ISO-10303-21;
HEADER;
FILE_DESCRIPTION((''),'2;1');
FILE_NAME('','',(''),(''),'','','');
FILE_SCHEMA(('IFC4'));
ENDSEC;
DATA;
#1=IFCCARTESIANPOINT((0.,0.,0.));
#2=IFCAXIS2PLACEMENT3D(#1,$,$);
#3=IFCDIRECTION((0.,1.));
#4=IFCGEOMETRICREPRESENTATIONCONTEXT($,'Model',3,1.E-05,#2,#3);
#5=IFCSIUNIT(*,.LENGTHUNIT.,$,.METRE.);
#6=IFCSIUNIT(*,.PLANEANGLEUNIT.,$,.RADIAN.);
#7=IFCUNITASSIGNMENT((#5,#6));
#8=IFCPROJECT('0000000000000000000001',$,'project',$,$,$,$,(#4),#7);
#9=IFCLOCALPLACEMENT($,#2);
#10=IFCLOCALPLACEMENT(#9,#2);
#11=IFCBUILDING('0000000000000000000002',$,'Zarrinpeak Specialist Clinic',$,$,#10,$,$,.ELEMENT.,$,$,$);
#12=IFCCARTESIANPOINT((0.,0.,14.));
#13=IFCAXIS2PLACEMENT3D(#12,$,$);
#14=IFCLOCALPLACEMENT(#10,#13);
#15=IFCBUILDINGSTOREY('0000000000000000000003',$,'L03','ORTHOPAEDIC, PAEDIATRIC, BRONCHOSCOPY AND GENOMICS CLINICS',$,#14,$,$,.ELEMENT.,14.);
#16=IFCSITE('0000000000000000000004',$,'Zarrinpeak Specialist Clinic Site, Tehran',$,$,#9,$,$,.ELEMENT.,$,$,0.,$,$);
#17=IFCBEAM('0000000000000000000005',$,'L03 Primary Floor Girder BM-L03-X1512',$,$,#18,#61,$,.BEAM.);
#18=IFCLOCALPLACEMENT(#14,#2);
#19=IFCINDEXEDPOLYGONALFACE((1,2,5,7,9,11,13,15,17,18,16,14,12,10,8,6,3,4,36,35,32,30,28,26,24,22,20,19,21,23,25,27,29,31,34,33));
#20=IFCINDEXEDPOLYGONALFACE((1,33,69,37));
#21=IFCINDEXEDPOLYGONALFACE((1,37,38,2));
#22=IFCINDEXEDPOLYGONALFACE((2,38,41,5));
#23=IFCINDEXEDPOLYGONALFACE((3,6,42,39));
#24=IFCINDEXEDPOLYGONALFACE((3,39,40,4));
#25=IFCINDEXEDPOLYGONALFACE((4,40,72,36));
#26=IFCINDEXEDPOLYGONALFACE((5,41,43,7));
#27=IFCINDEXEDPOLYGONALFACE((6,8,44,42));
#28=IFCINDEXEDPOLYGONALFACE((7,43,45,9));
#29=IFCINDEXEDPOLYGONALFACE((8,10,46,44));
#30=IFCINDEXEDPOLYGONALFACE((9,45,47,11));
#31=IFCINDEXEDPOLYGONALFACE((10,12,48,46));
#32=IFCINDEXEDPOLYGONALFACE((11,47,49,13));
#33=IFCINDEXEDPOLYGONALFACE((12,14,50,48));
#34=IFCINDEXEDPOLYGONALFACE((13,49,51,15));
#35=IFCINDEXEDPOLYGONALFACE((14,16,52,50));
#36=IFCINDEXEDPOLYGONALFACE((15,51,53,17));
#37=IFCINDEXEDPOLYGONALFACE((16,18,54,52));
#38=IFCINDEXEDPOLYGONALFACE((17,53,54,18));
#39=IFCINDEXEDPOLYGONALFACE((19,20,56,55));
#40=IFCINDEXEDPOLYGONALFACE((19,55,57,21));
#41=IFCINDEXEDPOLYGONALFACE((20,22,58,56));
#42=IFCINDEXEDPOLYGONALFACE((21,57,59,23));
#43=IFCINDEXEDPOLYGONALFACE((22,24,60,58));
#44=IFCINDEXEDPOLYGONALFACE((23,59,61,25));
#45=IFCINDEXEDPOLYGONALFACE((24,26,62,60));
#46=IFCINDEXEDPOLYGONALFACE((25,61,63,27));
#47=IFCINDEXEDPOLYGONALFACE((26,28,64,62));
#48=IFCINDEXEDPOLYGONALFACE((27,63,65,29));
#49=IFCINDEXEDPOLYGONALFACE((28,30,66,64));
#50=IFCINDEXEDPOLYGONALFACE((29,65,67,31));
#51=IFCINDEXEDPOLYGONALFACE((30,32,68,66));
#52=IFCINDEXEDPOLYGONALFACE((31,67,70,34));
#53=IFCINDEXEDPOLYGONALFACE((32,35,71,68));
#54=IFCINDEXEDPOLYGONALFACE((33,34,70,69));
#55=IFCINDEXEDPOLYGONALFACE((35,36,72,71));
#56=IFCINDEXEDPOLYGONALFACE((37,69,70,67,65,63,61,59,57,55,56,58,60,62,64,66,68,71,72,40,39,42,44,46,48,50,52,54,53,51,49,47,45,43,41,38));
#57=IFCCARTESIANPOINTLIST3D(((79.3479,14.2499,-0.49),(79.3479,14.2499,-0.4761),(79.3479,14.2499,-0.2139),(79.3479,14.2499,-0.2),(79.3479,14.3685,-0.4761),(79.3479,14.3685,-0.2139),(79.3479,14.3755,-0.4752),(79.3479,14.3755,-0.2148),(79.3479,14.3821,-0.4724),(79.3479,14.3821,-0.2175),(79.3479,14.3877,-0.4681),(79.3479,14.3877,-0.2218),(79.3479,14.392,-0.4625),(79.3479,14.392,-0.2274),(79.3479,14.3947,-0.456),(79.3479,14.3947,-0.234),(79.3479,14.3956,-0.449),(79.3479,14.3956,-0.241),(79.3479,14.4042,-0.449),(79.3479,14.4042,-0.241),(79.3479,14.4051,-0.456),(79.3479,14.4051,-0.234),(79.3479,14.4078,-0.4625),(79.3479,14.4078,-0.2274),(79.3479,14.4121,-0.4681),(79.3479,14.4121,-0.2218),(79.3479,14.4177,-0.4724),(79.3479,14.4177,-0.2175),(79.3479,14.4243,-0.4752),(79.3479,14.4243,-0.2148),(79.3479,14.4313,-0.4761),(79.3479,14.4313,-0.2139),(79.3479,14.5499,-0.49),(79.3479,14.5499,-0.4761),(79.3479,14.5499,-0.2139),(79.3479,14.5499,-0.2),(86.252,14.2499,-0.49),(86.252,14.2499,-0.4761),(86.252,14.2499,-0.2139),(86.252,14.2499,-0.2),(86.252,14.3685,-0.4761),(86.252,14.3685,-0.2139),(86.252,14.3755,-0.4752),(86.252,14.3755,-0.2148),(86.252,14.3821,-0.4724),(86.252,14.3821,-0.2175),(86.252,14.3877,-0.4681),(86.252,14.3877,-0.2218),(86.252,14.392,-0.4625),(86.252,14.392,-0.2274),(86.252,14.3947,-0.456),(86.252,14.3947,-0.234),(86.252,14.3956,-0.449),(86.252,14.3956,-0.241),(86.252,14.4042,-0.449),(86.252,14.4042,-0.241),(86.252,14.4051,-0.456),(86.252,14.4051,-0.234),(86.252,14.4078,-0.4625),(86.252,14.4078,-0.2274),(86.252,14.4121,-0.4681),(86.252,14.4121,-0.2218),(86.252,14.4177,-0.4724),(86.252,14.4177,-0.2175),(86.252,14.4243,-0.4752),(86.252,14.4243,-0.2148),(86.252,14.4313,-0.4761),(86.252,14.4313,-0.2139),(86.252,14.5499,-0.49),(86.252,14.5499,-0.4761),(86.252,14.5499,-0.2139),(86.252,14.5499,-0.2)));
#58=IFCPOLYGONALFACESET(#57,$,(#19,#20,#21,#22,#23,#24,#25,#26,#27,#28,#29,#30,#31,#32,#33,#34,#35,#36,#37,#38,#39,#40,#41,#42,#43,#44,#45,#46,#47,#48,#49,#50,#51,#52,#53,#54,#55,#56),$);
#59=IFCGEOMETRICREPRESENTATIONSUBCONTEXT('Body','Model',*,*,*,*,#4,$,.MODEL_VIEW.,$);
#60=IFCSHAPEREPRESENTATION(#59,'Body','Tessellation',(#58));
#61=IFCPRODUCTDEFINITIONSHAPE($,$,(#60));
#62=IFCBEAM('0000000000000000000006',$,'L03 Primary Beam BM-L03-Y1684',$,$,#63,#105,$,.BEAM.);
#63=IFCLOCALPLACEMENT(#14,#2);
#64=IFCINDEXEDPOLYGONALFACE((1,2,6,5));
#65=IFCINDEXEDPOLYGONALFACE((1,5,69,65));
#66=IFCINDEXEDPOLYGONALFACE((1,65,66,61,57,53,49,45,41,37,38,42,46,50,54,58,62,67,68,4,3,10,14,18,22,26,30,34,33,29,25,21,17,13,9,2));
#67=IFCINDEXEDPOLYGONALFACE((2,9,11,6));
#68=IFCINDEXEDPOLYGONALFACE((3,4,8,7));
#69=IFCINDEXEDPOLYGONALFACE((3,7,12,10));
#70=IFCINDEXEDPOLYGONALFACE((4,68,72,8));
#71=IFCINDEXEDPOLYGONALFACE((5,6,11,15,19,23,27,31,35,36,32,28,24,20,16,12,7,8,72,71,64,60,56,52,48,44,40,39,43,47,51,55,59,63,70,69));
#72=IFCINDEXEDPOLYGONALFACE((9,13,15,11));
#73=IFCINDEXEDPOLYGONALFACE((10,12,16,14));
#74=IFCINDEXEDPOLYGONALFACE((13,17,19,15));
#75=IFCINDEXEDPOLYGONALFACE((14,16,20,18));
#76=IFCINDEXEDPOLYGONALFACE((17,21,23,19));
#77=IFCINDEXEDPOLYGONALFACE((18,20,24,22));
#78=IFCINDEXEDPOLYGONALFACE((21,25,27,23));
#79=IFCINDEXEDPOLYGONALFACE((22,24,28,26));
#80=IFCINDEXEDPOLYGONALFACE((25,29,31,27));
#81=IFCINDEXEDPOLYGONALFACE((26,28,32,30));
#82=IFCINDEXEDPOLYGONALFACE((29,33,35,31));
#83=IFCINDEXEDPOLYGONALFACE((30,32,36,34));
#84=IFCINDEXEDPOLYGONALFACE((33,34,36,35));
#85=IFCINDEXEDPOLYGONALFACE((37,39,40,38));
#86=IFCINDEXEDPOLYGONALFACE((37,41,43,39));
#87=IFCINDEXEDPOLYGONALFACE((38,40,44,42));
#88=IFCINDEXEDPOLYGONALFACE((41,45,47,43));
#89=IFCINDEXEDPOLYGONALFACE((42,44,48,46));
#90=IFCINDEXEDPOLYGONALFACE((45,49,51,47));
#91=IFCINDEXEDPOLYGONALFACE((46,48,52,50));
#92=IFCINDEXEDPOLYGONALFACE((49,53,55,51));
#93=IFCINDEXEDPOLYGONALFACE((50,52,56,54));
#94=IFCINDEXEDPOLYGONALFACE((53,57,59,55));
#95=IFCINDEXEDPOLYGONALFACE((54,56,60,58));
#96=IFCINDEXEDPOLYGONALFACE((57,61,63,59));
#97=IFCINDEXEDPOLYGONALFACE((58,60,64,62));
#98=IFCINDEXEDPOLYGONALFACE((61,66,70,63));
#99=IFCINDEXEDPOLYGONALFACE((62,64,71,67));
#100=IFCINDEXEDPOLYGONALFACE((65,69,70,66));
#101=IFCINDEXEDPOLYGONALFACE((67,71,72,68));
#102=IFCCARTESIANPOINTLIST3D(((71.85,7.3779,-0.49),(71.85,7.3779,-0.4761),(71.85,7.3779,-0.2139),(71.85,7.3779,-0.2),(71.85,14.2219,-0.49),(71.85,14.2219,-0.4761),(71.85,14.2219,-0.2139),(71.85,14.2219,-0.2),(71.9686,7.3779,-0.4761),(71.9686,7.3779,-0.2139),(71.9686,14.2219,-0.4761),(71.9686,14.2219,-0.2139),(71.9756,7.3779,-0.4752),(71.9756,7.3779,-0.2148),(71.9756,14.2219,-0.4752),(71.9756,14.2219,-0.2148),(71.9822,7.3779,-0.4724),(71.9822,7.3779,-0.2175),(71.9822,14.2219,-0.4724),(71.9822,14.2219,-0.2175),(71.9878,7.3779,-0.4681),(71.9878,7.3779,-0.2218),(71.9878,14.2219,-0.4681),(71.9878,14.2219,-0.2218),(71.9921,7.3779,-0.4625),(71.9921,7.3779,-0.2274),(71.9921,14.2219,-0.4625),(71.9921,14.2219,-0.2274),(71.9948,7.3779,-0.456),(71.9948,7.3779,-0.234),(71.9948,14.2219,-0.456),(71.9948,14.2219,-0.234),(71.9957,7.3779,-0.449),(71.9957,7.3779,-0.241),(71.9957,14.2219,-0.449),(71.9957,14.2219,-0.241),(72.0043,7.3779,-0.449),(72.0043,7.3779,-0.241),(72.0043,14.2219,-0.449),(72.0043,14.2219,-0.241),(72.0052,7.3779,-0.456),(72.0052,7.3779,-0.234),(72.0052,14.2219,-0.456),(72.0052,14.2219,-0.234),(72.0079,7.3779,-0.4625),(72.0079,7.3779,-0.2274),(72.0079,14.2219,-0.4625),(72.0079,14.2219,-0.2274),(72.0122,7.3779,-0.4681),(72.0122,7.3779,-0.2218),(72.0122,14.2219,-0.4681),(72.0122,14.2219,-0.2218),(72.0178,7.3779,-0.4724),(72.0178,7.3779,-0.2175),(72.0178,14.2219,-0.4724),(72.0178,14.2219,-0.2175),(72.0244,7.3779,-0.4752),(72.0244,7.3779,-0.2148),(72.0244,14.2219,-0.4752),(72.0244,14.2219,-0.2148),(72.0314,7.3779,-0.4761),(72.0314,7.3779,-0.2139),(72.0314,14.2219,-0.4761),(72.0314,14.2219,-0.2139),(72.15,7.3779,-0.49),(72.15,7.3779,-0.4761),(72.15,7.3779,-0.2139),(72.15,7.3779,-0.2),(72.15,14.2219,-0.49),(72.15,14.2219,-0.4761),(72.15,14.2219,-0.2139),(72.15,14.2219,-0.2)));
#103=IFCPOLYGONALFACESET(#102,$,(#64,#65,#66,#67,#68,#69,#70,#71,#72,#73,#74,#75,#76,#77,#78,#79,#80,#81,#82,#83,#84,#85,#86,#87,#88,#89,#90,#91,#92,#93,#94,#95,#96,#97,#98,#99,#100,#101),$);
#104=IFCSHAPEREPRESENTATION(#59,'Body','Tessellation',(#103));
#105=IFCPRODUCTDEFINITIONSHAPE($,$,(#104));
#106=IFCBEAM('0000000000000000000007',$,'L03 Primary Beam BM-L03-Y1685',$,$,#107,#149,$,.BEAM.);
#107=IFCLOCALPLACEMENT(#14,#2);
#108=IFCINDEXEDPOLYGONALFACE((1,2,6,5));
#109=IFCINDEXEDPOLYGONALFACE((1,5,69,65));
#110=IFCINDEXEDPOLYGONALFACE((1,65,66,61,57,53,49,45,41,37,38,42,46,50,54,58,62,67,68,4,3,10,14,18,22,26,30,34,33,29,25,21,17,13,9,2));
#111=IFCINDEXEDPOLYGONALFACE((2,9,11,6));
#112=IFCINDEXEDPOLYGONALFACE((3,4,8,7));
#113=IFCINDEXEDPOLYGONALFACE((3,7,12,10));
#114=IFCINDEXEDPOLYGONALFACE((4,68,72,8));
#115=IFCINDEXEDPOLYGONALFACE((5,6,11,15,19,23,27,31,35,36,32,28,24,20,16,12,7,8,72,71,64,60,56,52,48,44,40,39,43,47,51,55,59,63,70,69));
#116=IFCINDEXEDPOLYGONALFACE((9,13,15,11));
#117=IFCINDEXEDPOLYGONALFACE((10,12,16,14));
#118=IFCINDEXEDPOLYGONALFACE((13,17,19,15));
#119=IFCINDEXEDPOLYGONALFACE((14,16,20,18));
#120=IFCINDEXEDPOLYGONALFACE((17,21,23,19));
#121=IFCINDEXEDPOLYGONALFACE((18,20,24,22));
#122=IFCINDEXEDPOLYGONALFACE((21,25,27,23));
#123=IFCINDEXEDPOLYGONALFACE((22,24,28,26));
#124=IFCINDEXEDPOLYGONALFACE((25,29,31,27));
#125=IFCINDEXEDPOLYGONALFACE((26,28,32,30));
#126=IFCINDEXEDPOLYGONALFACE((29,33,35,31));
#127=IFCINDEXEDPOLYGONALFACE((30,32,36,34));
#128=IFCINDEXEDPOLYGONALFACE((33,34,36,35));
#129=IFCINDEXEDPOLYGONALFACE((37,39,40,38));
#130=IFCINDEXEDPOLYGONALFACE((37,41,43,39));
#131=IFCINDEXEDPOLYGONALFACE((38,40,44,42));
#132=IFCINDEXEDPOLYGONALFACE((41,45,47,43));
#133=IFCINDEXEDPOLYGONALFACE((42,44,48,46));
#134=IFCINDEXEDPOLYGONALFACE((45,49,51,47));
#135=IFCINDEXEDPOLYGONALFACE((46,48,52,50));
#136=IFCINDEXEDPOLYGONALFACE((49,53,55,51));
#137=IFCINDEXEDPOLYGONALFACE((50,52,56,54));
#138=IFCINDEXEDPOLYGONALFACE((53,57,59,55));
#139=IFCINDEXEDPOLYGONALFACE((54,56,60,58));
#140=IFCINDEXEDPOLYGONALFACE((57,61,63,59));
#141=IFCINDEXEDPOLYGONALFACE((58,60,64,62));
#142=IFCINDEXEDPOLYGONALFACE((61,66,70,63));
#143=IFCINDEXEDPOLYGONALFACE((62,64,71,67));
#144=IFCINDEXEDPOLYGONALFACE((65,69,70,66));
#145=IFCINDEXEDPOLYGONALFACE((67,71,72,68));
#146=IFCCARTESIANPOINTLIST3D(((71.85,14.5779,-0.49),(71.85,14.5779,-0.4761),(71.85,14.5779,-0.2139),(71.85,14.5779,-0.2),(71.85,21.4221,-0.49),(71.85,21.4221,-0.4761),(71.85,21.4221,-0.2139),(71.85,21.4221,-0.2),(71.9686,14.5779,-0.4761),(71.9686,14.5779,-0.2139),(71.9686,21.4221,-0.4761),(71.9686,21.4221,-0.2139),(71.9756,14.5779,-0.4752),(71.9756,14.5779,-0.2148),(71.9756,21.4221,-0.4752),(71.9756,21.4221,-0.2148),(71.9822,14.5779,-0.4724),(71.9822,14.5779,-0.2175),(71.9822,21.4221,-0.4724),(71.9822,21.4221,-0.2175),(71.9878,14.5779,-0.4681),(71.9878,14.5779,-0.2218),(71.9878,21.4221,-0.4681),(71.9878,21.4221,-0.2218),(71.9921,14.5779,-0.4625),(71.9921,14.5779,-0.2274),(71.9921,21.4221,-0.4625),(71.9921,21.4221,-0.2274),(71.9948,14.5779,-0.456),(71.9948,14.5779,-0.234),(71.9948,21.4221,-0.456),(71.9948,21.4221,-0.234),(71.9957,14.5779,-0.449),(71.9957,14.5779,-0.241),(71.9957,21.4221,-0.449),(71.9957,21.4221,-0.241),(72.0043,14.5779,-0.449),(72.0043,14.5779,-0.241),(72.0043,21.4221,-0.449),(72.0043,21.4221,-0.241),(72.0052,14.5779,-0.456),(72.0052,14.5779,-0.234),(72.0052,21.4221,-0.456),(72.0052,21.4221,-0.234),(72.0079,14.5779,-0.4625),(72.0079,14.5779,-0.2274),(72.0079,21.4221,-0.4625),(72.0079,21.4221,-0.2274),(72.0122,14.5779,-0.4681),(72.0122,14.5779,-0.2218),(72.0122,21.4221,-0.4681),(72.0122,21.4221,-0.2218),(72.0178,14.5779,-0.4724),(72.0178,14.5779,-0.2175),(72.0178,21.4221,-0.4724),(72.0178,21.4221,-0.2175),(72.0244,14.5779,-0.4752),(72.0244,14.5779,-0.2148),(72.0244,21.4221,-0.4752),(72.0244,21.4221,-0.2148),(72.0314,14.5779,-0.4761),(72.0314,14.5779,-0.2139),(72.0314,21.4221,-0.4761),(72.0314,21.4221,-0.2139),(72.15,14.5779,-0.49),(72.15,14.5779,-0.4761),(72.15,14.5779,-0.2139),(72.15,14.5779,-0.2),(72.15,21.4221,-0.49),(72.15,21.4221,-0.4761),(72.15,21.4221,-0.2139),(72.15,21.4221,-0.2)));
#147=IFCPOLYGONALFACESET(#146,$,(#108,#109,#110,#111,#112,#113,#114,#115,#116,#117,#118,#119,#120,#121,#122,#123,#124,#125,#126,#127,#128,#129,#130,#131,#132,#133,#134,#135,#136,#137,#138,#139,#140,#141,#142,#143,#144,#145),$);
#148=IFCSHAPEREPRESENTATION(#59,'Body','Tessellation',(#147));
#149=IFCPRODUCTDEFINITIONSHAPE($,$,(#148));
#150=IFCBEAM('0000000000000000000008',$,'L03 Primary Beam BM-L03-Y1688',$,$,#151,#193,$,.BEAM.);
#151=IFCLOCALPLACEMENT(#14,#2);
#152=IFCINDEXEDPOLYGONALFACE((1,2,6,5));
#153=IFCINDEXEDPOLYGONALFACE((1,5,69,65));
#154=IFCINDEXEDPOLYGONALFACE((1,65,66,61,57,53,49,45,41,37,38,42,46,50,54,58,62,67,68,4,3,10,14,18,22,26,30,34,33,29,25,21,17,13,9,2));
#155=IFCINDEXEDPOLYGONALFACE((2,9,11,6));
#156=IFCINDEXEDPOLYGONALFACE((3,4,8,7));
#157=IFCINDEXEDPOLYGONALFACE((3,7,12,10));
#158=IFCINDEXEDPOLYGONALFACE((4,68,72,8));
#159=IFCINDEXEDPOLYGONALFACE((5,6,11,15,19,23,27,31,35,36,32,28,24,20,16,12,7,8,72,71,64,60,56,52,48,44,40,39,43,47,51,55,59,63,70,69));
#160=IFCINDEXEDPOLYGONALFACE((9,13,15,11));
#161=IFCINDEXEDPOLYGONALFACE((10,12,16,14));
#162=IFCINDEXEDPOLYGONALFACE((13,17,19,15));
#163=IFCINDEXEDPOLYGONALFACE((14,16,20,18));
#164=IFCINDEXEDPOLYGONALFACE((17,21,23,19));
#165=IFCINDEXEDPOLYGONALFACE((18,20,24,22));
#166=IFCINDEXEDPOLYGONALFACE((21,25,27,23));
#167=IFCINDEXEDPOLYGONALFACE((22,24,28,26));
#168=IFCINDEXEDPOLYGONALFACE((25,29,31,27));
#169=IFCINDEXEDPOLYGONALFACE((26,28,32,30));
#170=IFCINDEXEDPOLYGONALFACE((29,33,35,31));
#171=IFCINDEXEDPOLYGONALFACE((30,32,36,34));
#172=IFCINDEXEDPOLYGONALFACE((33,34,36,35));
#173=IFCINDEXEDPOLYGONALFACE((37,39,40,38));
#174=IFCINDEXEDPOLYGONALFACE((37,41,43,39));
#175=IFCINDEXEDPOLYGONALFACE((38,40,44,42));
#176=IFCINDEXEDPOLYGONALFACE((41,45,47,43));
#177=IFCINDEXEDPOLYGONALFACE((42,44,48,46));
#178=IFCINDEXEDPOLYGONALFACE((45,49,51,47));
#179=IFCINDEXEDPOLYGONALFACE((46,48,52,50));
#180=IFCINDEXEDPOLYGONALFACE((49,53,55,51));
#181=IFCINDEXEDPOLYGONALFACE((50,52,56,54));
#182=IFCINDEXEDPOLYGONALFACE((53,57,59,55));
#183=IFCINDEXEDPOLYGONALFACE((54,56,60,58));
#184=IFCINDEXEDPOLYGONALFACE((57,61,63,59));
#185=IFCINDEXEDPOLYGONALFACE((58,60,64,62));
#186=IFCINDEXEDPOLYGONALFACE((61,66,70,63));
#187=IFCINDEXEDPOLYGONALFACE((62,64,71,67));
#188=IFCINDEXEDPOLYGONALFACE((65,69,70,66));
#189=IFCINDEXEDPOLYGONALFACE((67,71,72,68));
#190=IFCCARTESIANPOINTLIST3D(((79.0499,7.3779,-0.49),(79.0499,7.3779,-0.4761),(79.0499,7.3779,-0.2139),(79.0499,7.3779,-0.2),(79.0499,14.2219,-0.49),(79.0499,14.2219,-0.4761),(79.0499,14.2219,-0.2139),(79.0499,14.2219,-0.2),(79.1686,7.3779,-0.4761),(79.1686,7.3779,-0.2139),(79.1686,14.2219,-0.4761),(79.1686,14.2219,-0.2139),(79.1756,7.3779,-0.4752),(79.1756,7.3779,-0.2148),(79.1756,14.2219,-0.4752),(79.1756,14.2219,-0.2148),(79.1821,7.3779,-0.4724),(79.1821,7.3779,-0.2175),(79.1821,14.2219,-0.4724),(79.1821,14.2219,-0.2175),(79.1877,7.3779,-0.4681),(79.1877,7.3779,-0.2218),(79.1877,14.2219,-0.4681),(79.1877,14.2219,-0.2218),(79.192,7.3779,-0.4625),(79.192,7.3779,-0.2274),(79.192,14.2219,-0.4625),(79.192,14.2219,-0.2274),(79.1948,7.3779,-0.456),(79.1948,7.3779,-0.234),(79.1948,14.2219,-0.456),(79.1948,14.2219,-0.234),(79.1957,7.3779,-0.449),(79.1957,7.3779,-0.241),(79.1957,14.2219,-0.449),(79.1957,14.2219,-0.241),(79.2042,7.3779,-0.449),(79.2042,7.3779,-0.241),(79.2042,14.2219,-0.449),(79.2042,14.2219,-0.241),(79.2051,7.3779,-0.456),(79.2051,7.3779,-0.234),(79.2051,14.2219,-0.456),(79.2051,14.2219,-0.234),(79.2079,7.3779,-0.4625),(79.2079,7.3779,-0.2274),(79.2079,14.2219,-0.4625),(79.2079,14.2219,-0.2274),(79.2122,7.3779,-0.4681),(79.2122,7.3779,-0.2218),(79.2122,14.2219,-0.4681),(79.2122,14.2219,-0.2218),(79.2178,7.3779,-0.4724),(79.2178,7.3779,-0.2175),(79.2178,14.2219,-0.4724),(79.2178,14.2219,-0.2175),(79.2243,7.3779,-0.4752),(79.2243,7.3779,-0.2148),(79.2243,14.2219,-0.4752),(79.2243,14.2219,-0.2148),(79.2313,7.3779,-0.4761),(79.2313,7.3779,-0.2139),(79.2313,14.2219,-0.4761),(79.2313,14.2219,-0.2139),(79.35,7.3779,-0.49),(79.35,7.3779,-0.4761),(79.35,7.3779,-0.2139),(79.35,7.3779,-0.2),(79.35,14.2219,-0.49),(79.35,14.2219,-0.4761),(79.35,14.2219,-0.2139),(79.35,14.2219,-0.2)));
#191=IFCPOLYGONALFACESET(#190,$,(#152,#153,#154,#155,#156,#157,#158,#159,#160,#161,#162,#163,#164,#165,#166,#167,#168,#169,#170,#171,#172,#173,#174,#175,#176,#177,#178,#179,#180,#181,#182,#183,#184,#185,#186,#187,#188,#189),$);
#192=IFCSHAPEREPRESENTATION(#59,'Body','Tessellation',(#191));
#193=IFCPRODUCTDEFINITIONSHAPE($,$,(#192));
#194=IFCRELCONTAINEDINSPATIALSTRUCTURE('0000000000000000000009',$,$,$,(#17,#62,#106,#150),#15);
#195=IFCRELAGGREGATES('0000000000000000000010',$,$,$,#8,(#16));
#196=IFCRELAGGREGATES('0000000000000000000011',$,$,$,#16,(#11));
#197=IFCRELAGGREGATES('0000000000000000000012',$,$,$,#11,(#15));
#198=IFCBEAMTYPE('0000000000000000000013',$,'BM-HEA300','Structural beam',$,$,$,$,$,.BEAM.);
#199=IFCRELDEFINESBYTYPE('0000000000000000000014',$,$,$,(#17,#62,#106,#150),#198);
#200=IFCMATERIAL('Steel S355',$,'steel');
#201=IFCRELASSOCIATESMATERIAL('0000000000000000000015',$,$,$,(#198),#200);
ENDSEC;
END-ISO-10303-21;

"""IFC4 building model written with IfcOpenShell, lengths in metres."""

from ifc_helpers import new_model, si_unit, direction, frame, origin, origin_2d, place, context, subcontext, project, spatial, i_section, extrude, material, material_profile, profile_set, type_object, element, save


model = new_model("IFC4")

# Units and contexts
model_context = context("Model", 3, precision=1e-05, world=origin(), true_north=direction((0.0, 1.0)))
body_context = subcontext(model_context, "Body", "Model", "MODEL_VIEW")
ifc_project = project(units=[si_unit("LENGTHUNIT", "METRE"), si_unit("PLANEANGLEUNIT", "RADIAN")], contexts=[model_context])

# Site, building, storey
site_placement = place(None, origin())
site = spatial("IfcSite", under=ifc_project, at=site_placement, Name="Zarrinpeak Specialist Clinic Site, Tehran", CompositionType="ELEMENT", RefElevation=0.0)
building_placement = place(site_placement, origin())
building = spatial("IfcBuilding", under=site, at=building_placement, Name="Zarrinpeak Specialist Clinic", CompositionType="ELEMENT")
storey_placement = place(building_placement, frame((0.0, 0.0, 14.0)))
storey = spatial("IfcBuildingStorey", under=building, at=storey_placement, Name="L03", Description="ORTHOPAEDIC, PAEDIATRIC, BRONCHOSCOPY AND GENOMICS CLINICS", CompositionType="ELEMENT", Elevation=14.0)

# Shared definitions
ifc_material_1 = material(Name="Steel S355", Category="steel")

# Beams
ifc_material_profile_1 = material_profile(ifc_material_1, i_section(OverallWidth=0.3, OverallDepth=0.29, WebThickness=0.0085, FlangeThickness=0.0139, FilletRadius=0.0271, at=origin_2d()), Name="HEA 300")
ifc_profile_set_1 = profile_set([ifc_material_profile_1], Name="Steel S355")
beam_type_1 = type_object("IfcBeamType", Name="BM-HEA300", Description="Structural beam", PredefinedType="BEAM", material=ifc_profile_set_1)
for number, where, z_axis, x_axis, name in (
    (1, (79.3479, 14.3999, -0.345), (1.0, 0.0, 0.0), (0.0, 1.0, 0.0), "L03 Primary Floor Girder BM-L03-X1512"),
):
    element("IfcBeam", number, at=place(storey_placement, frame(where, z_axis=z_axis, x_axis=x_axis)), inside=storey, type_object=beam_type_1, Name=name, PredefinedType="BEAM", context=body_context, shape_type="SweptSolid", body=[
        extrude(i_section(OverallWidth=0.3, OverallDepth=0.29, WebThickness=0.0085, FlangeThickness=0.0139, FilletRadius=0.0271, at=origin_2d()), origin(), (0.0, 0.0, 1.0), 6.9041),
    ])
beam_1_placement = place(storey_placement, frame((72.0, 7.3779, -0.345), z_axis=(0.0, 1.0, 0.0), x_axis=(-1.0, 0.0, 0.0)))
element("IfcBeam", 2, at=beam_1_placement, inside=storey, type_object=beam_type_1, Name="L03 Primary Beam BM-L03-Y1684", PredefinedType="BEAM", context=body_context, shape_type="SweptSolid", body=[
    extrude(i_section(OverallWidth=0.3, OverallDepth=0.29, WebThickness=0.0085, FlangeThickness=0.0139, FilletRadius=0.0271, at=origin_2d()), origin(), (0.0, 0.0, 1.0), 6.844),
])
beam_2_placement = place(storey_placement, frame((72.0, 14.5779, -0.345), z_axis=(0.0, 1.0, 0.0), x_axis=(-1.0, 0.0, 0.0)))
element("IfcBeam", 3, at=beam_2_placement, inside=storey, type_object=beam_type_1, Name="L03 Primary Beam BM-L03-Y1685", PredefinedType="BEAM", context=body_context, shape_type="SweptSolid", body=[
    extrude(i_section(OverallWidth=0.3, OverallDepth=0.29, WebThickness=0.0085, FlangeThickness=0.0139, FilletRadius=0.0271, at=origin_2d()), origin(), (0.0, 0.0, 1.0), 6.8442),
])
beam_3_placement = place(storey_placement, frame((79.2, 7.3779, -0.345), z_axis=(0.0, 1.0, 0.0), x_axis=(-1.0, 0.0, 0.0)))
element("IfcBeam", 4, at=beam_3_placement, inside=storey, type_object=beam_type_1, Name="L03 Primary Beam BM-L03-Y1688", PredefinedType="BEAM", context=body_context, shape_type="SweptSolid", body=[
    extrude(i_section(OverallWidth=0.3, OverallDepth=0.29, WebThickness=0.0085, FlangeThickness=0.0139, FilletRadius=0.0271, at=origin_2d()), origin(), (0.0, 0.0, 1.0), 6.844),
])

save(model, "model.ifc")
